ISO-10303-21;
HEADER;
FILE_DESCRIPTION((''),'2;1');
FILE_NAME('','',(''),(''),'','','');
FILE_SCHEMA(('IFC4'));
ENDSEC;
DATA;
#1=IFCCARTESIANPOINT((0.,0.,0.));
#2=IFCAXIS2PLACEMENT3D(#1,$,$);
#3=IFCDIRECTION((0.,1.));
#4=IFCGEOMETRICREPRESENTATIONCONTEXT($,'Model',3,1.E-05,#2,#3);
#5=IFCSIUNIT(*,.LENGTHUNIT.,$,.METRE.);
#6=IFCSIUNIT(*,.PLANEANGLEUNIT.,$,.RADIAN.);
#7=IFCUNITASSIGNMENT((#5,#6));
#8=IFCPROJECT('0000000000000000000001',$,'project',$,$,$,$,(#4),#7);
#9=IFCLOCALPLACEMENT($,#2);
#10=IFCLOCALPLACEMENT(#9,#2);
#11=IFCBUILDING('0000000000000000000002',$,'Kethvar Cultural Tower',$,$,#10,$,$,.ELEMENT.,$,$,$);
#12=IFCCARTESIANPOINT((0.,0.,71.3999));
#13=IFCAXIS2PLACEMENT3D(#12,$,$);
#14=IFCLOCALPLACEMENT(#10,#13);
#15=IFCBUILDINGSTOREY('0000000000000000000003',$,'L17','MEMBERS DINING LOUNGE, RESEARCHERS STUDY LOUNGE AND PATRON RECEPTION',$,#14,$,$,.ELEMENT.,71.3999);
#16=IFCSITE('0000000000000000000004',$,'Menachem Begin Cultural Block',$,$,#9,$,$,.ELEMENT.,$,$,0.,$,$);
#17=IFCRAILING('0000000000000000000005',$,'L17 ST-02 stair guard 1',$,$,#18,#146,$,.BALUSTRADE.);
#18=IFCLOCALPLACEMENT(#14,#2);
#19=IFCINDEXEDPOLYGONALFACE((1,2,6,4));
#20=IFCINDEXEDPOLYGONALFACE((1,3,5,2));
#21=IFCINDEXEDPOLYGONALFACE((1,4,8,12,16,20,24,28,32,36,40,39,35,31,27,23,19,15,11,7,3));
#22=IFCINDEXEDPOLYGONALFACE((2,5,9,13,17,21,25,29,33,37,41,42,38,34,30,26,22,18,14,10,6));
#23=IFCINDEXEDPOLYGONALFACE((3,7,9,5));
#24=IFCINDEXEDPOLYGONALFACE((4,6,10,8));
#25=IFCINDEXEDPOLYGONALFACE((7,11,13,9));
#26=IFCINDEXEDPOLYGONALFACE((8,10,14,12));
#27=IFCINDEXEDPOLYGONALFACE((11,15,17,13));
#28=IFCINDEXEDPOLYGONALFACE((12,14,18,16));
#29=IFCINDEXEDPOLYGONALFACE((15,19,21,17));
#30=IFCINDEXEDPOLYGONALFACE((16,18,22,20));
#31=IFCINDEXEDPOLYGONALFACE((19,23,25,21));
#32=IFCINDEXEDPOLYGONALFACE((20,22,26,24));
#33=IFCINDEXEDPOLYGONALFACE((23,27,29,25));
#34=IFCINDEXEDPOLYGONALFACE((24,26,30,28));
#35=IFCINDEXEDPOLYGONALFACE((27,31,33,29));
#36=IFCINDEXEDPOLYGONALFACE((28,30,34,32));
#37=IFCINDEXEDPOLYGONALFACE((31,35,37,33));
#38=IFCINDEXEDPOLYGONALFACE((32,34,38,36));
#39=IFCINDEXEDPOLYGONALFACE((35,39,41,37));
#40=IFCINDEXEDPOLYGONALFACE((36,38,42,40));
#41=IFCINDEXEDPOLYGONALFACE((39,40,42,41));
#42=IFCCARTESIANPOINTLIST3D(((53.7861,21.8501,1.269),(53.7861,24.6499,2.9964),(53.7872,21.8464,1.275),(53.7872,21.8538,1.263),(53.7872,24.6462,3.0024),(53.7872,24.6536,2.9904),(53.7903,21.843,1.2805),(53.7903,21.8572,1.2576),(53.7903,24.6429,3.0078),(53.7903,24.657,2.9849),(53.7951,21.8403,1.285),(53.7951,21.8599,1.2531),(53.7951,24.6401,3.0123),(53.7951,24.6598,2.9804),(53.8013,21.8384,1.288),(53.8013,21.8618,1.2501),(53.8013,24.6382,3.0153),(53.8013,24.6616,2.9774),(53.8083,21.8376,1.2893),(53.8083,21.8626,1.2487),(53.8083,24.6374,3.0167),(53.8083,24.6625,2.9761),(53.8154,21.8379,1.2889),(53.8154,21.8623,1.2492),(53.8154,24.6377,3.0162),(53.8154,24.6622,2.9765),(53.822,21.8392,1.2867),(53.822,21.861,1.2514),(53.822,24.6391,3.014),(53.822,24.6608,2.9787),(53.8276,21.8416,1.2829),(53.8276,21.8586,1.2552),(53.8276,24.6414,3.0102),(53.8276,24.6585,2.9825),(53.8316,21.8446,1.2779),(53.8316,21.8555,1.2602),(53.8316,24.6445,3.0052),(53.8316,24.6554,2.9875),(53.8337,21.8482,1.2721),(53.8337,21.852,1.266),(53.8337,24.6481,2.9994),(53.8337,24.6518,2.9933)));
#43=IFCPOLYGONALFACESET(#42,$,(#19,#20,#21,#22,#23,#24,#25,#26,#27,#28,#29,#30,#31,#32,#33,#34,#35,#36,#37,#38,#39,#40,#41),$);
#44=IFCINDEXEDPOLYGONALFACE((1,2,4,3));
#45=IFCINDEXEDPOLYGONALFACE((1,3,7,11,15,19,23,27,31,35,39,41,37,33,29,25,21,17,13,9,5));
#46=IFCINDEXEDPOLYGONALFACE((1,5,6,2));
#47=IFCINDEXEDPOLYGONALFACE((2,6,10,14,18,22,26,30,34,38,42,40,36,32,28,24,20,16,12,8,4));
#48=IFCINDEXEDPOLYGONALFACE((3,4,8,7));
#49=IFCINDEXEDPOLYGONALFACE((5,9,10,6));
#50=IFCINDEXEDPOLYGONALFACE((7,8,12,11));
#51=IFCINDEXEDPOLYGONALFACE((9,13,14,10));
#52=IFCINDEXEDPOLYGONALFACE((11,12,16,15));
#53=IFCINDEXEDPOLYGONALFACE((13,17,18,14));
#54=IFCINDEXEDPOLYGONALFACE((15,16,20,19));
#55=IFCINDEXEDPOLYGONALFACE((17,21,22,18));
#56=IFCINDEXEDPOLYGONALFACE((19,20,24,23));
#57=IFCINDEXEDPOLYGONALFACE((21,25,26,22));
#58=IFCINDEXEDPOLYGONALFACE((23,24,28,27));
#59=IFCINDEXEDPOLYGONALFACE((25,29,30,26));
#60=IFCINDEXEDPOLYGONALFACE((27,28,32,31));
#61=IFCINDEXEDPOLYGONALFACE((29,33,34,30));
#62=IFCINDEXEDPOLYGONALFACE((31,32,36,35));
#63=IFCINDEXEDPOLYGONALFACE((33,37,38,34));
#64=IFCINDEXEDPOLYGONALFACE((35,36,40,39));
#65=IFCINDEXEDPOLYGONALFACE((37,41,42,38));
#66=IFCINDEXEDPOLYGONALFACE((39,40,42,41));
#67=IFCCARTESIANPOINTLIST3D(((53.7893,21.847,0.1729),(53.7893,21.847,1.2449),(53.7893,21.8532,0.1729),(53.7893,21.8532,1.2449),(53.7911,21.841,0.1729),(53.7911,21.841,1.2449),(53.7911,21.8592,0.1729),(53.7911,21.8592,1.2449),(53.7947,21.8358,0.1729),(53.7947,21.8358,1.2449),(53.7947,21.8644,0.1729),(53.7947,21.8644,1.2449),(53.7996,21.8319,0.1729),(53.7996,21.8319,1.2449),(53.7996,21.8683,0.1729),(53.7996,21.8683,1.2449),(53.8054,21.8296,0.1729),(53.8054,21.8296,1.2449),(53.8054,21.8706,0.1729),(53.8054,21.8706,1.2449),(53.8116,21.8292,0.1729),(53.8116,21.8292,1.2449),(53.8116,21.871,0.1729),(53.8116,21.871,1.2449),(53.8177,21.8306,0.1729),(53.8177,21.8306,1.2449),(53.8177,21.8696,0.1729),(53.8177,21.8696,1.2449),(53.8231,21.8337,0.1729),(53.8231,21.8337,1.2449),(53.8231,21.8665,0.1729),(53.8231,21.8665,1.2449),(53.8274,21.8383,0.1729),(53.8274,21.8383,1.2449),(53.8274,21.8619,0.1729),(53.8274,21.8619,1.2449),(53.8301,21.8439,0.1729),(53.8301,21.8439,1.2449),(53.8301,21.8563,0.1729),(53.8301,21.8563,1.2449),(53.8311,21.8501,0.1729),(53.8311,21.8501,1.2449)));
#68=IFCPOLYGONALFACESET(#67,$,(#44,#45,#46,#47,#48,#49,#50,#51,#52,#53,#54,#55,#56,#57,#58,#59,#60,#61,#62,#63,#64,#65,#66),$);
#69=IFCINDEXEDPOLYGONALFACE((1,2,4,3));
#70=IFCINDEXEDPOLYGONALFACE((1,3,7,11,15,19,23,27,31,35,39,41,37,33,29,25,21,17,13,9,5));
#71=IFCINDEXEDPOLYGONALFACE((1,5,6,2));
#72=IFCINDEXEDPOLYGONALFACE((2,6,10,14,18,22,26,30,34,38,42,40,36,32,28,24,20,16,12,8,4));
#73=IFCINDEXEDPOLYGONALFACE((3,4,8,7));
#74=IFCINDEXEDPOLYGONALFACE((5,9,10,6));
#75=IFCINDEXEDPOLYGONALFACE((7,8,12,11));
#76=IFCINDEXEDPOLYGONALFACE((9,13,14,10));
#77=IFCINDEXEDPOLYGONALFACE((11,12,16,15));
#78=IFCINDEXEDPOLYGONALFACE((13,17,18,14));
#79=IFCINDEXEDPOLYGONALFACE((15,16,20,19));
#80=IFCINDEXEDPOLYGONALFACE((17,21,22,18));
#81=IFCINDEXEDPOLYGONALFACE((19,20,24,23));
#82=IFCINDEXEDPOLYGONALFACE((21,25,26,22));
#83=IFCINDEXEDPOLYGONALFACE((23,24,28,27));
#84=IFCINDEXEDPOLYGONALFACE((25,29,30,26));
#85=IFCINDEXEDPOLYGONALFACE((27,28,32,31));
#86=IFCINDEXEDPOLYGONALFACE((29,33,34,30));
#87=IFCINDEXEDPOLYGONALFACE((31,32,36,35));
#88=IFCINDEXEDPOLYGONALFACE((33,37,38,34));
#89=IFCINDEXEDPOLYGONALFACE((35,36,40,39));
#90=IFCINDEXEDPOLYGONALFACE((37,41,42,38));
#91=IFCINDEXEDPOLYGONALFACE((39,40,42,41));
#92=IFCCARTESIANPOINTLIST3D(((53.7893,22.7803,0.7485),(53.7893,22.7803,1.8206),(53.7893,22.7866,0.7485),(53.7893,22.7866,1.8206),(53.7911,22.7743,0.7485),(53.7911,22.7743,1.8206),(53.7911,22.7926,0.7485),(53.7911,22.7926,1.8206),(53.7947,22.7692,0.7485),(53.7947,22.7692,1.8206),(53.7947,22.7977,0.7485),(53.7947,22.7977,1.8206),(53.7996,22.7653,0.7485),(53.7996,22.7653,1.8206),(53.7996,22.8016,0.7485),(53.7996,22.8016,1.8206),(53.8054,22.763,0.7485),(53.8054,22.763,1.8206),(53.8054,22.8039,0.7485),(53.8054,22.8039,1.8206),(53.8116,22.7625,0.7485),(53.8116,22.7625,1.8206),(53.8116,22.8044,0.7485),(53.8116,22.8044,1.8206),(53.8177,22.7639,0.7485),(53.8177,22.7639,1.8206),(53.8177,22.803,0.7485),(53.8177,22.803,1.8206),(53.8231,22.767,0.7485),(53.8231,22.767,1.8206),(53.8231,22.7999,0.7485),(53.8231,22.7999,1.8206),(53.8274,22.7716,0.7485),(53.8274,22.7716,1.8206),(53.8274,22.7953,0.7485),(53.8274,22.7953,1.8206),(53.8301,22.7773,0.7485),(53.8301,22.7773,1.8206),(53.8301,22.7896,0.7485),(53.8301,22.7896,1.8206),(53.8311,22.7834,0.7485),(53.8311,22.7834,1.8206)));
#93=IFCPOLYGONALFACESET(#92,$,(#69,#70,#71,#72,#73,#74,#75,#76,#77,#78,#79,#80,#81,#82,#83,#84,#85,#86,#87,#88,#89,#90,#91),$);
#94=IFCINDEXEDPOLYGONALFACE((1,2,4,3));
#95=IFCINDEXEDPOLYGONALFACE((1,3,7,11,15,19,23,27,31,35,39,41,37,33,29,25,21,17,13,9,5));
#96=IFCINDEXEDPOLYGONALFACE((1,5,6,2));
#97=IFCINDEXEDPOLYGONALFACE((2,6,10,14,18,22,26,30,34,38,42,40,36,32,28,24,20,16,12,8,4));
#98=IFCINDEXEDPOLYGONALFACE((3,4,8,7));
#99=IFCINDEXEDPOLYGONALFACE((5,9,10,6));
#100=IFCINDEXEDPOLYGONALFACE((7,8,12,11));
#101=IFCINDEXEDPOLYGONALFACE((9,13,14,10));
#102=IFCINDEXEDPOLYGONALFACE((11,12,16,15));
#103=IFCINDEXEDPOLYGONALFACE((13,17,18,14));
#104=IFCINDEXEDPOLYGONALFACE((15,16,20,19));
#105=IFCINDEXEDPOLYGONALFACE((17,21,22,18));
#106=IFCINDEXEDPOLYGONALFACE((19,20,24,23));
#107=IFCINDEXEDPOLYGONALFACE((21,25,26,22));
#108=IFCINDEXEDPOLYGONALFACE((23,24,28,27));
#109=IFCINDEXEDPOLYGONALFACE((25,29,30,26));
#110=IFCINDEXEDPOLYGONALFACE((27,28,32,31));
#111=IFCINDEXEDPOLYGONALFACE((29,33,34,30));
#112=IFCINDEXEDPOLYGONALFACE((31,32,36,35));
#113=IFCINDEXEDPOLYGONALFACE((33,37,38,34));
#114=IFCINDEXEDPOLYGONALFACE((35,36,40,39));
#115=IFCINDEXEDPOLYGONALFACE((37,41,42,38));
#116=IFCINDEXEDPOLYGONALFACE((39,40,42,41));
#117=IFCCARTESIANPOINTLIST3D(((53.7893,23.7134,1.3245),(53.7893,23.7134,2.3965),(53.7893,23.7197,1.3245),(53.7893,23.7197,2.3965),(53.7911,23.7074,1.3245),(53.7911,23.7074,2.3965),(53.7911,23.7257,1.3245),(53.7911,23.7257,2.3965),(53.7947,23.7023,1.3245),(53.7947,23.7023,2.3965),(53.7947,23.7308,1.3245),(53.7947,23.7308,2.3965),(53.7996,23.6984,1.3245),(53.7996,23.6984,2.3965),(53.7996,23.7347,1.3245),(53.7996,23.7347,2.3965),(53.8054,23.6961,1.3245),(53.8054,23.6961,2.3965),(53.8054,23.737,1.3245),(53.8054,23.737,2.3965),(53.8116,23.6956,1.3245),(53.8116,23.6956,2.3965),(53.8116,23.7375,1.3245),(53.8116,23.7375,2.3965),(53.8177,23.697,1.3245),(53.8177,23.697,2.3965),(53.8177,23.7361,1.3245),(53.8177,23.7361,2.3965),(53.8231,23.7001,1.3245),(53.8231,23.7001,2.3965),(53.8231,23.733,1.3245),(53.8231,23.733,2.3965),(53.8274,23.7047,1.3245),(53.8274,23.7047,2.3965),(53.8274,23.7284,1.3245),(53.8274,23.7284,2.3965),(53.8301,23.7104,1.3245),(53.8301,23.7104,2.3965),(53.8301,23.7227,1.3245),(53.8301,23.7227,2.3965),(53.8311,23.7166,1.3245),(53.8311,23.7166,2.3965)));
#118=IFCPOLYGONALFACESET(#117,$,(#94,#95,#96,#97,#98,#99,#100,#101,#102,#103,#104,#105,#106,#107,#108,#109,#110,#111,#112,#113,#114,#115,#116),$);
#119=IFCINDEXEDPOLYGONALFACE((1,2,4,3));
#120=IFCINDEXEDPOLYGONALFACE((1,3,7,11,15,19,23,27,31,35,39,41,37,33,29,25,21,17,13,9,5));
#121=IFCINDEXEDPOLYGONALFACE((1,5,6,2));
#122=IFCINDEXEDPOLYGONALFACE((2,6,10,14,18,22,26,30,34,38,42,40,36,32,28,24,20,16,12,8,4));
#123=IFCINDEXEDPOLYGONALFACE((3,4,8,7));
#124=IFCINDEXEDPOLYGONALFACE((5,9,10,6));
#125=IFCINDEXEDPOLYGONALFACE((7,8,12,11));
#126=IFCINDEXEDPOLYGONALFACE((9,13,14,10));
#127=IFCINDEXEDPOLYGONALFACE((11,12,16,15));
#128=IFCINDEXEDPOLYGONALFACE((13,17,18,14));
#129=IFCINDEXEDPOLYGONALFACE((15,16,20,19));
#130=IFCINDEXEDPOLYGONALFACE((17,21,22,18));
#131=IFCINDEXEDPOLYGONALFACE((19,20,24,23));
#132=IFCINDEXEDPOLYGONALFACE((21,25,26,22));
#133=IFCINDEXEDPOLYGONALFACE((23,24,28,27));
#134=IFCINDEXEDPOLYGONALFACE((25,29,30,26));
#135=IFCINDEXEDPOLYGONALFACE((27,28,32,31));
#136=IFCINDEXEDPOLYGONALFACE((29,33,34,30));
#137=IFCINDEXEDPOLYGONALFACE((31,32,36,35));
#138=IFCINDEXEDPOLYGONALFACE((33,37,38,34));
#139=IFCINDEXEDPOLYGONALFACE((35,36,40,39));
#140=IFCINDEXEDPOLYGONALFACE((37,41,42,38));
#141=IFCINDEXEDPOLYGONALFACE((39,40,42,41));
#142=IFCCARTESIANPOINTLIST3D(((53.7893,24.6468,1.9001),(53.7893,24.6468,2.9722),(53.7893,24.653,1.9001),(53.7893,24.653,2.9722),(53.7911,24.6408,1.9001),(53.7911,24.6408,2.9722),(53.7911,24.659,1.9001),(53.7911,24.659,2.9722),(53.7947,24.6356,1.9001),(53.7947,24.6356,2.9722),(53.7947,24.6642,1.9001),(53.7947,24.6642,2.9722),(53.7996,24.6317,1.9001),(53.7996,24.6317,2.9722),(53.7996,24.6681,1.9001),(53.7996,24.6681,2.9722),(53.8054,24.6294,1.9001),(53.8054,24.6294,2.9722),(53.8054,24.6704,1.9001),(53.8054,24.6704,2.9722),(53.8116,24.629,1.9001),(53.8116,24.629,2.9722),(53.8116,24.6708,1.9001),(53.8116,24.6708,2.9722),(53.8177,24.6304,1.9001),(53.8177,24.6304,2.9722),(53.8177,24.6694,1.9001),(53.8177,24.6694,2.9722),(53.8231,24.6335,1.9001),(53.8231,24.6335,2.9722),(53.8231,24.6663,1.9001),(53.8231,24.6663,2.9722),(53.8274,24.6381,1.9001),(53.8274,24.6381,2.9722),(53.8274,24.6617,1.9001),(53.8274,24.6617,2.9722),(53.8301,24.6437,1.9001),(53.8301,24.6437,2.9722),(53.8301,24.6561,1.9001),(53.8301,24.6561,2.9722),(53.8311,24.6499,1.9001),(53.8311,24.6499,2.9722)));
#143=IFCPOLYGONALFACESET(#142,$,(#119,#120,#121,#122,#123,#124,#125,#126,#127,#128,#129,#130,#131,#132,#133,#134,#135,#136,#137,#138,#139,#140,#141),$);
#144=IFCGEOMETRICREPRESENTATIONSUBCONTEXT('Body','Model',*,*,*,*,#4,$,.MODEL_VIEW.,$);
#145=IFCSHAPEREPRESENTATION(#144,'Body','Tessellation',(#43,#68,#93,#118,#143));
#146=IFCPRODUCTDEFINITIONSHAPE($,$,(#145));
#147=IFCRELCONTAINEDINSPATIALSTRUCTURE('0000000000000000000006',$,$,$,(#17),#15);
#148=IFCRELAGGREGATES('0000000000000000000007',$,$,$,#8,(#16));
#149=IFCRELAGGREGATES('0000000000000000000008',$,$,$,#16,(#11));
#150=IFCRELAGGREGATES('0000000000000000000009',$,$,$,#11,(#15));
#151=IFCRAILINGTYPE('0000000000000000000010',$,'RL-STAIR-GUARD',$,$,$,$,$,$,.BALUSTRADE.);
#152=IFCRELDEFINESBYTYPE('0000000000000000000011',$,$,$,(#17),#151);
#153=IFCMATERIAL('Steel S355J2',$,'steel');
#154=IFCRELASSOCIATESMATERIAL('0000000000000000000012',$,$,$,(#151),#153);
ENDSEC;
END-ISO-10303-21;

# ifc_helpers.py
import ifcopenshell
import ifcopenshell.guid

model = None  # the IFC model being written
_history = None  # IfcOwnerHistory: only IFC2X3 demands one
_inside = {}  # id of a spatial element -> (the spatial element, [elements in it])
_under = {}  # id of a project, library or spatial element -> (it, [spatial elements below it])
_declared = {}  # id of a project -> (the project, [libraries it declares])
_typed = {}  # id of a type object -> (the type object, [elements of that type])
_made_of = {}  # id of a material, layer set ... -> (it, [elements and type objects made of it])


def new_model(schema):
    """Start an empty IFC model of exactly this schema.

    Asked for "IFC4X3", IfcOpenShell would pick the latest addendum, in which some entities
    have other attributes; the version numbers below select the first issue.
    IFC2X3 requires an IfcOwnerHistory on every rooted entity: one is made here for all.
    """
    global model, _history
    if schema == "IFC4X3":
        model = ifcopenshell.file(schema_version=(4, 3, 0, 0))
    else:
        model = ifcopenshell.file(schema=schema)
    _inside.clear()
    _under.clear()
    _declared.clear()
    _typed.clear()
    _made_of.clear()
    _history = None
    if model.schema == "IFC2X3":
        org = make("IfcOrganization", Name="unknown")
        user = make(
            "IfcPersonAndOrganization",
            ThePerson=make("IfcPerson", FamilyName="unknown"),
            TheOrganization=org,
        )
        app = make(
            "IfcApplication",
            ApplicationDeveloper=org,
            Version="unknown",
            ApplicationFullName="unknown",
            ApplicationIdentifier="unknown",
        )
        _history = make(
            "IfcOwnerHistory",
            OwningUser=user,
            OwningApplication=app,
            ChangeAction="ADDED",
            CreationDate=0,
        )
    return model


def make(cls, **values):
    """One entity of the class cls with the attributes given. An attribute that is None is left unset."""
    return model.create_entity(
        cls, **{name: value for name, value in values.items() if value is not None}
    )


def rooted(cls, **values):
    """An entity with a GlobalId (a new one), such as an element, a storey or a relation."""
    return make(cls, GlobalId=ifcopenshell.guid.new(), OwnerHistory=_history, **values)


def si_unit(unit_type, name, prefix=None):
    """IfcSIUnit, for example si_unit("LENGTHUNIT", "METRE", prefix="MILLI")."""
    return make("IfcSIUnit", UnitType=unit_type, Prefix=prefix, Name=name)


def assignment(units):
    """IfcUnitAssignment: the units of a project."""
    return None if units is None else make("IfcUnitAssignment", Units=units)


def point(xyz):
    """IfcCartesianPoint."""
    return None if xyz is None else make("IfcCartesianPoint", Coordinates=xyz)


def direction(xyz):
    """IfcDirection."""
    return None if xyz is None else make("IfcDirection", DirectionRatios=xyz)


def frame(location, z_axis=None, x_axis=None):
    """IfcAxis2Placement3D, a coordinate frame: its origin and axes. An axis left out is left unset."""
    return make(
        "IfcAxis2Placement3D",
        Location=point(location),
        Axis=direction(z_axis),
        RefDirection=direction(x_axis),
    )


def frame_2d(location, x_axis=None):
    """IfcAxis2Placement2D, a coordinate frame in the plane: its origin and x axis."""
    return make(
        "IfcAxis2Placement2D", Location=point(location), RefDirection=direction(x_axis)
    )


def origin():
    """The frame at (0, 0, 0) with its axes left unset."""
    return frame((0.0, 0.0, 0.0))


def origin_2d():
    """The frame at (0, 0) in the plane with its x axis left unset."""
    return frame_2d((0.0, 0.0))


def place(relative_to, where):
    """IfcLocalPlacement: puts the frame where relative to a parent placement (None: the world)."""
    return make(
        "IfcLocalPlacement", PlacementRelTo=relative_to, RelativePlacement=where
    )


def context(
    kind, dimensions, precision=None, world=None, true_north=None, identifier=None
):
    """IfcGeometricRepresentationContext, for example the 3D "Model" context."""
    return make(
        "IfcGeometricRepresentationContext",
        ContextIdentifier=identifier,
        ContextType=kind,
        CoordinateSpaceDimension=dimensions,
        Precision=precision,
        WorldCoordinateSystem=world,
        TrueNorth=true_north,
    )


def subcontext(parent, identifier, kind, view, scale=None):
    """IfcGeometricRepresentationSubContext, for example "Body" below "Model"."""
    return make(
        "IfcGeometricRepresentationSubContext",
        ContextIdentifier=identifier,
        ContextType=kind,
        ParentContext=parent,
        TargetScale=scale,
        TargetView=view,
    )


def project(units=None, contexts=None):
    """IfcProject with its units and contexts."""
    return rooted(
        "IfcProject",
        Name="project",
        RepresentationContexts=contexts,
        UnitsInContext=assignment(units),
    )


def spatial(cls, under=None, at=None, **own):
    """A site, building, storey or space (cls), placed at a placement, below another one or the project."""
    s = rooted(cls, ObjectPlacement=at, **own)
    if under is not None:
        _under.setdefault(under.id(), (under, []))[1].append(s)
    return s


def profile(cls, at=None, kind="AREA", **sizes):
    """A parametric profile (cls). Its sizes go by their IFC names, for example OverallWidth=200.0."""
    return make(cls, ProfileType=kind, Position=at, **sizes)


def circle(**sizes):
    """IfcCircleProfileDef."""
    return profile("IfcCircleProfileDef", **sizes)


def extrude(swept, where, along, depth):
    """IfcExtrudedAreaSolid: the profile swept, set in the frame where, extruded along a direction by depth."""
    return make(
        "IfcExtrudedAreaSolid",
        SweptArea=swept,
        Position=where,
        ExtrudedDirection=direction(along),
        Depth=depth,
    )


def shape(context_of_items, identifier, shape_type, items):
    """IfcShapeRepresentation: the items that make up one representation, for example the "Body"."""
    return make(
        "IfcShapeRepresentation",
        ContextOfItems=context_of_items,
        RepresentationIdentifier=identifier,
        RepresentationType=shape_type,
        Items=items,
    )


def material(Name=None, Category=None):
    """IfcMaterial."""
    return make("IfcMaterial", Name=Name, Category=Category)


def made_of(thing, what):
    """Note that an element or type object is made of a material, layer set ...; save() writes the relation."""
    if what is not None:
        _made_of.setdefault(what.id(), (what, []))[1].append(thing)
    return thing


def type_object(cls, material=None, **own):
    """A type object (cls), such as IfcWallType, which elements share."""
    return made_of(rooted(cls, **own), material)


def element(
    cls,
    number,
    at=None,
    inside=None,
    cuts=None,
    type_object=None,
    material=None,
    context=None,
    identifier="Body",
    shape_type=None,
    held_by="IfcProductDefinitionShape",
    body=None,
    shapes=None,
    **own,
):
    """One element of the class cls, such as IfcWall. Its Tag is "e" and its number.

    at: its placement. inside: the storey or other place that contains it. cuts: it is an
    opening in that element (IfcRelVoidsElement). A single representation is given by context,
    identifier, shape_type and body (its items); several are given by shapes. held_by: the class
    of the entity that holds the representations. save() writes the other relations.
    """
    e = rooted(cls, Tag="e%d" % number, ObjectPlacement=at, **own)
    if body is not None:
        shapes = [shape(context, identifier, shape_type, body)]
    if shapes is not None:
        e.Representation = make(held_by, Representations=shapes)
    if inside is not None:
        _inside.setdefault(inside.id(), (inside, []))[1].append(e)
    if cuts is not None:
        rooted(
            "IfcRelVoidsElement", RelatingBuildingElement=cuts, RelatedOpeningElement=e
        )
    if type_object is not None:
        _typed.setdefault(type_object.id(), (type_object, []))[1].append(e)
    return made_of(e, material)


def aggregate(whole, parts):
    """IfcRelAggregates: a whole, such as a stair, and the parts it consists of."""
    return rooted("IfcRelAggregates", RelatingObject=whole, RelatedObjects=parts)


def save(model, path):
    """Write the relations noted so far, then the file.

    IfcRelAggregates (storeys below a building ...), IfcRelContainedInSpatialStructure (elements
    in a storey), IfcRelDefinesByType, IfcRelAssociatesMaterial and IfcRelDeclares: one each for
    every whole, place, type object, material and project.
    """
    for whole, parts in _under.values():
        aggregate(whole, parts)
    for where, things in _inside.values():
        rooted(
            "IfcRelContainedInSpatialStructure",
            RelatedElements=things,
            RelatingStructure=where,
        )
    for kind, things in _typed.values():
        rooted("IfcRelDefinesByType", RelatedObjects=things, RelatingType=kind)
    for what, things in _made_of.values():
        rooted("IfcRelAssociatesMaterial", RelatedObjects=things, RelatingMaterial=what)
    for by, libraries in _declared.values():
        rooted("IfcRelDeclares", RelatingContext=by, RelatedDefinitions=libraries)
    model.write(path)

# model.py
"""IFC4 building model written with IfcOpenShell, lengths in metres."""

from ifc_helpers import new_model, si_unit, direction, frame, origin, origin_2d, place, context, subcontext, project, spatial, circle, extrude, material, type_object, element, save


model = new_model("IFC4")

# Units and contexts
model_context = context("Model", 3, precision=1e-05, world=origin(), true_north=direction((0.0, 1.0)))
body_context = subcontext(model_context, "Body", "Model", "MODEL_VIEW")
ifc_project = project(units=[si_unit("LENGTHUNIT", "METRE"), si_unit("PLANEANGLEUNIT", "RADIAN")], contexts=[model_context])

# Site, building, storey
site_placement = place(None, origin())
site = spatial("IfcSite", under=ifc_project, at=site_placement, Name="Menachem Begin Cultural Block", CompositionType="ELEMENT", RefElevation=0.0)
building_placement = place(site_placement, origin())
building = spatial("IfcBuilding", under=site, at=building_placement, Name="Kethvar Cultural Tower", CompositionType="ELEMENT")
storey_placement = place(building_placement, frame((0.0, 0.0, 71.3999)))
storey = spatial("IfcBuildingStorey", under=building, at=storey_placement, Name="L17", Description="MEMBERS DINING LOUNGE, RESEARCHERS STUDY LOUNGE AND PATRON RECEPTION", CompositionType="ELEMENT", Elevation=71.3999)

# Shared definitions
ifc_material_1 = material(Name="Steel S355J2", Category="steel")

# Railing
railing_type_1 = type_object("IfcRailingType", Name="RL-STAIR-GUARD", PredefinedType="BALUSTRADE", material=ifc_material_1)
railing_1_placement = place(storey_placement, frame((53.8101, 21.8501, 0.1729)))
element("IfcRailing", 1, at=railing_1_placement, inside=storey, type_object=railing_type_1, Name="L17 ST-02 stair guard 1", PredefinedType="BALUSTRADE", context=body_context, shape_type="SweptSolid", body=[
    extrude(circle(Radius=0.0239, at=origin_2d()), frame((0.0, 0.0, 1.0962), z_axis=(0.0, 0.851069, 0.525054), x_axis=(-1.0, 0.0, 0.0)), (0.0, 0.0, 1.0), 3.2898),
    extrude(circle(Radius=0.021, at=origin_2d()), origin(), (0.0, 0.0, 1.0), 1.072),
    extrude(circle(Radius=0.021, at=origin_2d()), frame((0.0, 0.9333, 0.5757)), (0.0, 0.0, 1.0), 1.072),
    extrude(circle(Radius=0.021, at=origin_2d()), frame((0.0, 1.8665, 1.1516)), (0.0, 0.0, 1.0), 1.072),
    extrude(circle(Radius=0.021, at=origin_2d()), frame((0.0, 2.7998, 1.7273)), (0.0, 0.0, 1.0), 1.072),
])

save(model, "model.ifc")
